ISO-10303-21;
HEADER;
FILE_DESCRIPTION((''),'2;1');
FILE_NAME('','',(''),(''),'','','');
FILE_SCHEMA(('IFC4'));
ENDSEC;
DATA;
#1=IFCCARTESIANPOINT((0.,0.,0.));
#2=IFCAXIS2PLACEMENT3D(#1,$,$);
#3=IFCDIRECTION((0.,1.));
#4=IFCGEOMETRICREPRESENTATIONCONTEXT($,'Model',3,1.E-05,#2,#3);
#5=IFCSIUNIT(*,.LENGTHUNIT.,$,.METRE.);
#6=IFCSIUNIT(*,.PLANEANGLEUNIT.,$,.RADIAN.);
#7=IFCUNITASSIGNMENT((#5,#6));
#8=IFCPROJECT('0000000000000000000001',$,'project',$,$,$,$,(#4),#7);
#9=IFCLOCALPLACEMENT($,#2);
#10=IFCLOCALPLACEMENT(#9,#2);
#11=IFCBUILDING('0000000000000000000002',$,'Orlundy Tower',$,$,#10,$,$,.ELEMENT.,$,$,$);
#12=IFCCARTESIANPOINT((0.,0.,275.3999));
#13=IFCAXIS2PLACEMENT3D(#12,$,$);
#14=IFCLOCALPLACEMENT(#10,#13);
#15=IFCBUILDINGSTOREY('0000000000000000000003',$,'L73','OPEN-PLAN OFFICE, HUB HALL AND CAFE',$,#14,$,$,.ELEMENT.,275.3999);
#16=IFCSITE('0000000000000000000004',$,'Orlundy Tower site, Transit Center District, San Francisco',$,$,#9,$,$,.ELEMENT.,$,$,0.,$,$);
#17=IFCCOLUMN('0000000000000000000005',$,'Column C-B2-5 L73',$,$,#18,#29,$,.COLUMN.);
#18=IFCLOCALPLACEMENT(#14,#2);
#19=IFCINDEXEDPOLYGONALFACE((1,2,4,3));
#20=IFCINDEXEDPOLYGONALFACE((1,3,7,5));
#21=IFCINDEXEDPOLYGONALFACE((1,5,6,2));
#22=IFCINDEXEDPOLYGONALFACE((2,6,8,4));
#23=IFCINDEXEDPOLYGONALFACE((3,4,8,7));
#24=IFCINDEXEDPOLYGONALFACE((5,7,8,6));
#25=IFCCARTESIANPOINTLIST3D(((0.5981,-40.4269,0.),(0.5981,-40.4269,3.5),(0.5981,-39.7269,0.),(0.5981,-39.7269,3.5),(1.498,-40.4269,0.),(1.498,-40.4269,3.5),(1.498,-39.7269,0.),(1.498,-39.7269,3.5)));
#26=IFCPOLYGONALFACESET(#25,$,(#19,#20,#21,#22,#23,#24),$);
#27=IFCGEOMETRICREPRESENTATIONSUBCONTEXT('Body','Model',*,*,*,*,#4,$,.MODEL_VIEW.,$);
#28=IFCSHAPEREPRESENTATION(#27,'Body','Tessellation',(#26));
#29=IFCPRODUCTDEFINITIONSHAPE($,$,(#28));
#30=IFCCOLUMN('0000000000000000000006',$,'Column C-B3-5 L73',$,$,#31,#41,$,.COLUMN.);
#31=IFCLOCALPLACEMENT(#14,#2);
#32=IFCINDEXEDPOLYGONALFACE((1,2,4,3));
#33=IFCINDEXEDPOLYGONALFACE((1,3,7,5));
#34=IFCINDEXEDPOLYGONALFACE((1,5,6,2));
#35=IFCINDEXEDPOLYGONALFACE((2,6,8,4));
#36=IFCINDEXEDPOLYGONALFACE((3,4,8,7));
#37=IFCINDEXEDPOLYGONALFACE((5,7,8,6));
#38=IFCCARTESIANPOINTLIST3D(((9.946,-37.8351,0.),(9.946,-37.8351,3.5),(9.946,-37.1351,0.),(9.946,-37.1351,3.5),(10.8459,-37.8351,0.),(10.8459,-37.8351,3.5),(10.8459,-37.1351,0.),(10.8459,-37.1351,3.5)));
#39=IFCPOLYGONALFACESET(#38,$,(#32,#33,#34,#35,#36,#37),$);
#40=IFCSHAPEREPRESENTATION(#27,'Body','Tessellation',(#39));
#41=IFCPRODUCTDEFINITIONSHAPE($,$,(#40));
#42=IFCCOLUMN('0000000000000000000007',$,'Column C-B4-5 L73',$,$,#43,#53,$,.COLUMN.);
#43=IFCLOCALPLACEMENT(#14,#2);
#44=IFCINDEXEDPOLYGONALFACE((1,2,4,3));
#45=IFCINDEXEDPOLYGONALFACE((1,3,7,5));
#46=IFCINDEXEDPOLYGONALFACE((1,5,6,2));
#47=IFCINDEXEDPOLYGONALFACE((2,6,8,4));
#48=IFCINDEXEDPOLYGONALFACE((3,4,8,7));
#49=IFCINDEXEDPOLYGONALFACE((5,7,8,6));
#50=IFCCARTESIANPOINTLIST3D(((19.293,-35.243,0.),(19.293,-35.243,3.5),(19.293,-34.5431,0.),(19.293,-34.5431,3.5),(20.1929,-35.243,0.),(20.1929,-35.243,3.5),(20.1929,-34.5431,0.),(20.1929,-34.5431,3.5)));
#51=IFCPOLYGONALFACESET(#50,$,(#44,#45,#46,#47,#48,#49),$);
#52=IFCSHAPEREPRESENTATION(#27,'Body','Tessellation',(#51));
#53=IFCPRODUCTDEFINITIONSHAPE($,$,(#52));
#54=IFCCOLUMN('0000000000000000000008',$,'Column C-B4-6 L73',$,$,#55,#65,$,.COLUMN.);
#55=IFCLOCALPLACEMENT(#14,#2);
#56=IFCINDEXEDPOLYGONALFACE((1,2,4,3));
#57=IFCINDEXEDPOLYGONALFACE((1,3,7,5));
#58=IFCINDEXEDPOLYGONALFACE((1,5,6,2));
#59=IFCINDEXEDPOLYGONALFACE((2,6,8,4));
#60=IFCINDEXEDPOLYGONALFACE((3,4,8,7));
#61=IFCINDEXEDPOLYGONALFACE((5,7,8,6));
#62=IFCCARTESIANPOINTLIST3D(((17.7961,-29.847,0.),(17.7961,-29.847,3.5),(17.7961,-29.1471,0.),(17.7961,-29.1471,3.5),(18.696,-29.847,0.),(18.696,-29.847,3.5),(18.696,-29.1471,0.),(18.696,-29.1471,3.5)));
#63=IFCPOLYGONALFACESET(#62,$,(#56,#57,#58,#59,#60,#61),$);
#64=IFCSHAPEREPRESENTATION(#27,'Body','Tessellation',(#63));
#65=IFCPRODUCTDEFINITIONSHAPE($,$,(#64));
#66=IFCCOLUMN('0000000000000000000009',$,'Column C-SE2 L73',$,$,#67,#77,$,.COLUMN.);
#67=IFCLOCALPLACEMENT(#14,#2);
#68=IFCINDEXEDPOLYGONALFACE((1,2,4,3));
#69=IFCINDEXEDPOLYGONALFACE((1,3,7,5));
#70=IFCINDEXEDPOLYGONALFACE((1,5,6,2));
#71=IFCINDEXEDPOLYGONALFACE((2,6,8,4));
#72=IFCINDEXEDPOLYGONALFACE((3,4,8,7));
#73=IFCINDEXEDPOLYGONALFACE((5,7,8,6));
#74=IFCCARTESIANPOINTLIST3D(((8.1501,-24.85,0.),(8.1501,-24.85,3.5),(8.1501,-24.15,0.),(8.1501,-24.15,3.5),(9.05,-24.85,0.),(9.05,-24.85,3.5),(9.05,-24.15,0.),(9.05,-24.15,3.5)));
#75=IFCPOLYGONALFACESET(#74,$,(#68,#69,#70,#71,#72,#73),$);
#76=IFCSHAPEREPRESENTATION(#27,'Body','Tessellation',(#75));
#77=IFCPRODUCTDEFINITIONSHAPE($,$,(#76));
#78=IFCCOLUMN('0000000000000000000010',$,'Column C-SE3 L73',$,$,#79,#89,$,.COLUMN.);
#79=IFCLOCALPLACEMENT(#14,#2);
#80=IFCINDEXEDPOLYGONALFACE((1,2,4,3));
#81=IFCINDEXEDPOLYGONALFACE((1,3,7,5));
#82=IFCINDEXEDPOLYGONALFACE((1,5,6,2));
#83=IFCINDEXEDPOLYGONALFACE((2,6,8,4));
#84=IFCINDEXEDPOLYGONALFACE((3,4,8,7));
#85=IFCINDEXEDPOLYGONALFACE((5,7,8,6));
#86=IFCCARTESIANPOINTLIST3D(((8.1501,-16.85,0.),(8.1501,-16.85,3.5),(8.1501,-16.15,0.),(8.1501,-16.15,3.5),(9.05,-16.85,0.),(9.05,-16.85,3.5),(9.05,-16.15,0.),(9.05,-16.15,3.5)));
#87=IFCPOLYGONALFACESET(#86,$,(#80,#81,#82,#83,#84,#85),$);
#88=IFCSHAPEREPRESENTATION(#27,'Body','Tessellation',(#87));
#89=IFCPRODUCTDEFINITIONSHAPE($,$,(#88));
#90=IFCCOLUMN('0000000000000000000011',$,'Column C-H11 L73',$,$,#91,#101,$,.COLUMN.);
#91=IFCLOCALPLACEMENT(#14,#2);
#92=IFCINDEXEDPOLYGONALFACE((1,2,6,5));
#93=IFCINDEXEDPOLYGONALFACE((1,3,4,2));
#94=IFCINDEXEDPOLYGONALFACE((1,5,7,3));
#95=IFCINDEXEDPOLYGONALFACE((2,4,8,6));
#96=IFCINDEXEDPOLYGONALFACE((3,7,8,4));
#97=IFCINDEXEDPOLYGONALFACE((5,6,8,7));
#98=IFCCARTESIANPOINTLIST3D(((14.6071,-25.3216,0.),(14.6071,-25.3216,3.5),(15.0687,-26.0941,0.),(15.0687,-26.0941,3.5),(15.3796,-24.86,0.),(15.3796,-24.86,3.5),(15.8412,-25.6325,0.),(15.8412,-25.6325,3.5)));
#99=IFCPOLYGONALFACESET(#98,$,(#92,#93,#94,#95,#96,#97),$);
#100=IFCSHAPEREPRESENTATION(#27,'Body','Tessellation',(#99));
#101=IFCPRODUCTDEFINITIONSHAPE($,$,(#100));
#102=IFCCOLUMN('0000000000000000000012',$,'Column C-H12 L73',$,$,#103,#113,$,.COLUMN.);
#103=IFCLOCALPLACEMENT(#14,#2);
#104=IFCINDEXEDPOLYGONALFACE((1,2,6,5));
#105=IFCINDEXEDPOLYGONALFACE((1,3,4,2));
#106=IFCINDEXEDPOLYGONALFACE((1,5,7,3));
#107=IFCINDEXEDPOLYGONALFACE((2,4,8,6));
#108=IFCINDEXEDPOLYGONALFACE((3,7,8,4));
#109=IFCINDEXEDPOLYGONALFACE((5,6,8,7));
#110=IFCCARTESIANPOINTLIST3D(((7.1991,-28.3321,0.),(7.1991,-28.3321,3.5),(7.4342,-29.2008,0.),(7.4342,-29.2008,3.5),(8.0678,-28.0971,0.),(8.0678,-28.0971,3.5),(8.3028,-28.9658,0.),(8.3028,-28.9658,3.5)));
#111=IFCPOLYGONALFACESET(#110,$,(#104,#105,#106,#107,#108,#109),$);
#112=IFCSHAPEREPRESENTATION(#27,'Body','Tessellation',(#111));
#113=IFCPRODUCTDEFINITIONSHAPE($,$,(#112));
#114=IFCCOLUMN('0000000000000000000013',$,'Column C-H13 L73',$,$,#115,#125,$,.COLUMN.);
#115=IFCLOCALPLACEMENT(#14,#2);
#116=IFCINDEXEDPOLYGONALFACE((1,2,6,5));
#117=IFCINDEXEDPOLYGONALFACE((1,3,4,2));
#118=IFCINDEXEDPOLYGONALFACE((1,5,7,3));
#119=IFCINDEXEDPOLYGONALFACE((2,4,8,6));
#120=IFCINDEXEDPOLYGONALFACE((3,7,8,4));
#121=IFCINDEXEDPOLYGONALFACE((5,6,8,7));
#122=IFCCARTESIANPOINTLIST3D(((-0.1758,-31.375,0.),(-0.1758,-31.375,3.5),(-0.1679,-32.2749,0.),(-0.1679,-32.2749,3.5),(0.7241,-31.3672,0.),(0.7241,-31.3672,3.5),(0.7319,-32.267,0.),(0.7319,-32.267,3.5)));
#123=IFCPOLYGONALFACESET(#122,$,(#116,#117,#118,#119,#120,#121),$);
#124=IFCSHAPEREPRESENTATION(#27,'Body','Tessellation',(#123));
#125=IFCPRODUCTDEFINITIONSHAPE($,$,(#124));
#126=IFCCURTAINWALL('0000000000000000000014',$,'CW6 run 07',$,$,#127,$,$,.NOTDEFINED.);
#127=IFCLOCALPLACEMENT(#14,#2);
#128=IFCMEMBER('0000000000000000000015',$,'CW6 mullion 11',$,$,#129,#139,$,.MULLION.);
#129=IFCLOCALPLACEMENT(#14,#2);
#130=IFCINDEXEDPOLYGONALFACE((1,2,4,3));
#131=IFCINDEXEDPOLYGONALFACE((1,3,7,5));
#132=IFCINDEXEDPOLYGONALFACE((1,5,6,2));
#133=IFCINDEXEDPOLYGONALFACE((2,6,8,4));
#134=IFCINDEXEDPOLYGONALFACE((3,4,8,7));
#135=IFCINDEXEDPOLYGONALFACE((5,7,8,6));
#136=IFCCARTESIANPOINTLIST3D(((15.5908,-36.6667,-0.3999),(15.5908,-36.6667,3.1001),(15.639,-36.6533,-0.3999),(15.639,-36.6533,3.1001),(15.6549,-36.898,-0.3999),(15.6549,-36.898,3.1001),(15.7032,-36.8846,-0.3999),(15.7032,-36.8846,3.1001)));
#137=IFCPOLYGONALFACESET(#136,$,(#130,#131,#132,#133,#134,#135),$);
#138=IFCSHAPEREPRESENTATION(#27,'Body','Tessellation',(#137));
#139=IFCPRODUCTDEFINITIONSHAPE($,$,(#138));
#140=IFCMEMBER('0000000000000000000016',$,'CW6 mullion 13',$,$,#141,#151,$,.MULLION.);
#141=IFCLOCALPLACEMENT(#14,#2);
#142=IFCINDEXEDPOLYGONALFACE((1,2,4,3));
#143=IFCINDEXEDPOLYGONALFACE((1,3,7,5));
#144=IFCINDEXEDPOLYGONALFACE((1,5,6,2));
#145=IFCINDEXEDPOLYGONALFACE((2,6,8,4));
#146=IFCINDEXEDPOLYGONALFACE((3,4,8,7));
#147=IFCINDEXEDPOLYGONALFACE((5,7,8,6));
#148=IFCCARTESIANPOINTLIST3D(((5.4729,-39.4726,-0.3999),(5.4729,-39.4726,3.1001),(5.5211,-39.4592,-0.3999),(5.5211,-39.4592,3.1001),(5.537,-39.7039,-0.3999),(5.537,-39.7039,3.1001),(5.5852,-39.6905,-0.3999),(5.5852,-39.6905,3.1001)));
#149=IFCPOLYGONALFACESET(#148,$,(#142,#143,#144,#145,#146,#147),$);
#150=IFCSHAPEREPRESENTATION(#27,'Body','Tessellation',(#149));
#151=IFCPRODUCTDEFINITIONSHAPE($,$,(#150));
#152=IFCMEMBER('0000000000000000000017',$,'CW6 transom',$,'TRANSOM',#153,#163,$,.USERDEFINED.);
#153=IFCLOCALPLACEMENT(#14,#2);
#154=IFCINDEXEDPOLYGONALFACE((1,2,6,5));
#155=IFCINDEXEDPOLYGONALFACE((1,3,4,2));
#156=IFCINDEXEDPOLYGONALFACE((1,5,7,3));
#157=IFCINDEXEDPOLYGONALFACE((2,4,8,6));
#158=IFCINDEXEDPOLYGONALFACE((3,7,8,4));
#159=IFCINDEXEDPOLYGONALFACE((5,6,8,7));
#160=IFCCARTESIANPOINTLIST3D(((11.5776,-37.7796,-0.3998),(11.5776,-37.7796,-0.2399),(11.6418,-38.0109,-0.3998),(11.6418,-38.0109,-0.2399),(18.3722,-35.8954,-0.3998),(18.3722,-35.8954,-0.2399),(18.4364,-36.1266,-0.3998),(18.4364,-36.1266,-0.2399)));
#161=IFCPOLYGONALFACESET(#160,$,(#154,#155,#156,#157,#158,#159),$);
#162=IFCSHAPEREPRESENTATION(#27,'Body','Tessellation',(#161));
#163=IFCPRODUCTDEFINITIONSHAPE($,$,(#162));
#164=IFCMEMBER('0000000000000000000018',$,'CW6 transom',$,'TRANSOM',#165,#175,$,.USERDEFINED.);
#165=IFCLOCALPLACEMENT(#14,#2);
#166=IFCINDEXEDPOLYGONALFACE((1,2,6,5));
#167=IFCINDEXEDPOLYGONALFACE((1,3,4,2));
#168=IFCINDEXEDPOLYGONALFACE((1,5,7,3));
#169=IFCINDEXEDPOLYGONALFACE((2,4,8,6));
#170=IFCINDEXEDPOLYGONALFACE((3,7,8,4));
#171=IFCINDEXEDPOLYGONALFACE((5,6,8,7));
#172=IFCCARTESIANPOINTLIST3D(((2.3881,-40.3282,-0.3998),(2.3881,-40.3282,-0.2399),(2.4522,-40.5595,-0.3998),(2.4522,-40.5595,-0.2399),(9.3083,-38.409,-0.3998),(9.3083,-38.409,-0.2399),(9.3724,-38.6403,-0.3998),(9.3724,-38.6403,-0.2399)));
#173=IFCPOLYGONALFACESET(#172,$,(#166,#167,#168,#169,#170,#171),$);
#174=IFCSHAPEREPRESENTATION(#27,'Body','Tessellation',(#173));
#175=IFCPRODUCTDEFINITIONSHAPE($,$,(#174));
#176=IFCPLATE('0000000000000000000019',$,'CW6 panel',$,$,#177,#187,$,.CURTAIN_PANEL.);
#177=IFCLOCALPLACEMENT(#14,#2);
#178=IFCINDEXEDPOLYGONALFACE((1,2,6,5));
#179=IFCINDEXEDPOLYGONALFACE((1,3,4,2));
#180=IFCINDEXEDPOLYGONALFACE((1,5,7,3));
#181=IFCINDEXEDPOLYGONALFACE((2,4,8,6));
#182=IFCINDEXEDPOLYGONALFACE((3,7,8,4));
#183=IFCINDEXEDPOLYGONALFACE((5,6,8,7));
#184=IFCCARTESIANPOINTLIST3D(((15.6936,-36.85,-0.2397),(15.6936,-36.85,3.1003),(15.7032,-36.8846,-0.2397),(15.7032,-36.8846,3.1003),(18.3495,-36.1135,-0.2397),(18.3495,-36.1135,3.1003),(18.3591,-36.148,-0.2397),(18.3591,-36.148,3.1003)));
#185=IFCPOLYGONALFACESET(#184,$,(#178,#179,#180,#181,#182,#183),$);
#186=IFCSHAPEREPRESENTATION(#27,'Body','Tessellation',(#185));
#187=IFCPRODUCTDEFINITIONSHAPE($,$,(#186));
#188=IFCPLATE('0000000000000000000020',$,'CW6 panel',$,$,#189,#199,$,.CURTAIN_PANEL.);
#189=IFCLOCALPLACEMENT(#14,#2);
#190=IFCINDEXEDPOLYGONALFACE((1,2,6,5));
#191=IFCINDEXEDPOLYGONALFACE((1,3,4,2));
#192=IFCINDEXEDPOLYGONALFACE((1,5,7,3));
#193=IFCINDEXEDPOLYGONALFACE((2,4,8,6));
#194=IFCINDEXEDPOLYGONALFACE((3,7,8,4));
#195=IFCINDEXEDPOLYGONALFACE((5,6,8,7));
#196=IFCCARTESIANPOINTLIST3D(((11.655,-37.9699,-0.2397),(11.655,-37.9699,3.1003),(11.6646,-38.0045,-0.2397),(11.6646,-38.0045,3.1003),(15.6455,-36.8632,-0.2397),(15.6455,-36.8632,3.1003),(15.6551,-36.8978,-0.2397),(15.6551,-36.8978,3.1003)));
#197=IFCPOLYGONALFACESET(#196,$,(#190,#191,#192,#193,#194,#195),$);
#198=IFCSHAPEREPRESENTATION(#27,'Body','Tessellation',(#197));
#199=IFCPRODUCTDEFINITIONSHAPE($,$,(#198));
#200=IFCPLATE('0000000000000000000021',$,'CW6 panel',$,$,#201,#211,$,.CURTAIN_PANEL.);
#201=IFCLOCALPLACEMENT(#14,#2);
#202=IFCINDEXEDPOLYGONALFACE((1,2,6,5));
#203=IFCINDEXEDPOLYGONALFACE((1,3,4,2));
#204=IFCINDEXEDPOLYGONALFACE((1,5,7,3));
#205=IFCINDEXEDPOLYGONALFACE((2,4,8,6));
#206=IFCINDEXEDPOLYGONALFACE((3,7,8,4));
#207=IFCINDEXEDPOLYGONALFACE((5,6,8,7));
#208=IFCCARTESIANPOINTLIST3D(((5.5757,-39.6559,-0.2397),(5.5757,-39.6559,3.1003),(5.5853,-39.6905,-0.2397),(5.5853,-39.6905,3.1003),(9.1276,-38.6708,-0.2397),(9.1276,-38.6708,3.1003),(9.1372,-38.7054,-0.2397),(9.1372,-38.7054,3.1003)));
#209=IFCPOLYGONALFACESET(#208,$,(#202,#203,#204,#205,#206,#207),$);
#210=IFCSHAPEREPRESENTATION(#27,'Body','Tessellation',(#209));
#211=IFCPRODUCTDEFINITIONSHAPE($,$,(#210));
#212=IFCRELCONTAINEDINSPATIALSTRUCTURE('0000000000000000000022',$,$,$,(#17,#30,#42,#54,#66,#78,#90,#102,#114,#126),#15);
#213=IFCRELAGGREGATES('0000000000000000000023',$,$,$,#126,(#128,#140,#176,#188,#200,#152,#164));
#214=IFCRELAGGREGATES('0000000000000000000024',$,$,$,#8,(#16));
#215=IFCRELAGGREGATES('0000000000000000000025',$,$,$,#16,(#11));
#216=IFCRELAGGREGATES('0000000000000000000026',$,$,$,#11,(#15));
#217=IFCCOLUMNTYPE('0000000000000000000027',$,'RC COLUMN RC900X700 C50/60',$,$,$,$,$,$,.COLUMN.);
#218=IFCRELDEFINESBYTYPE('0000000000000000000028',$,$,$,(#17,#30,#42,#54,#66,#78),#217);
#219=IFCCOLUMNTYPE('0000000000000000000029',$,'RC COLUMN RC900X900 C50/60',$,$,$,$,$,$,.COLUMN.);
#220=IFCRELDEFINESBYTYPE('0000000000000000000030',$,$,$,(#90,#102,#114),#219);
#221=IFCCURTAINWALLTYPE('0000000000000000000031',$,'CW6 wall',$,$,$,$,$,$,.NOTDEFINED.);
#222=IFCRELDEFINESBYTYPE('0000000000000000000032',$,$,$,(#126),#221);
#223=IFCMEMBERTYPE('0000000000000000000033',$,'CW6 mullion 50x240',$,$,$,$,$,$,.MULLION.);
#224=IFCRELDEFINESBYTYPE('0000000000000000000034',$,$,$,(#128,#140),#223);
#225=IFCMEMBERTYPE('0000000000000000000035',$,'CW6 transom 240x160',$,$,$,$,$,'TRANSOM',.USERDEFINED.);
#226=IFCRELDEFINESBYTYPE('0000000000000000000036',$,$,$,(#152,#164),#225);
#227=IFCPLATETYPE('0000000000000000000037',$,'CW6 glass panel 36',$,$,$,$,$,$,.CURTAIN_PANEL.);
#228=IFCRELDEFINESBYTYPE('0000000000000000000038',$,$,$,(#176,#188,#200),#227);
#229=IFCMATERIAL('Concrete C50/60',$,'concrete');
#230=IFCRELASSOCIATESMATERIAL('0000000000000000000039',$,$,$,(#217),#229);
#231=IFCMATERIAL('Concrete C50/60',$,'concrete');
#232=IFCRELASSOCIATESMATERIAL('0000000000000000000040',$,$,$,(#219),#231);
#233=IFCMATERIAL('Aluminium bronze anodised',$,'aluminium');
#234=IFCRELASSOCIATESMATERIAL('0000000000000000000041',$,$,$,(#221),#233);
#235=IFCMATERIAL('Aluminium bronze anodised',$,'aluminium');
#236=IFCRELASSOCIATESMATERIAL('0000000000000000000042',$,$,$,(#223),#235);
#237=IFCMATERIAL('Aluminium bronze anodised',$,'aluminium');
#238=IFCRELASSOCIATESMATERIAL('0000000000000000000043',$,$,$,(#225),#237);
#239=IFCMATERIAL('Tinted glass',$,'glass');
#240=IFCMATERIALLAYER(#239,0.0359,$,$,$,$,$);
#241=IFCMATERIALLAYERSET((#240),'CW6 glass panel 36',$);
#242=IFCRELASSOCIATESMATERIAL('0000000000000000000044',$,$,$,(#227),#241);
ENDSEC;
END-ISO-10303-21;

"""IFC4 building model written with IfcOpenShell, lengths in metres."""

from ifc_helpers import new_model, si_unit, direction, frame, origin, origin_2d, place, context, subcontext, project, spatial, rectangle, extrude, material, layer, layer_set, material_profile, profile_set, type_object, element, aggregate, save


model = new_model("IFC4")

# Units and contexts
model_context = context("Model", 3, precision=1e-05, world=origin(), true_north=direction((0.0, 1.0)))
body_context = subcontext(model_context, "Body", "Model", "MODEL_VIEW")
ifc_project = project(units=[si_unit("LENGTHUNIT", "METRE"), si_unit("PLANEANGLEUNIT", "RADIAN")], contexts=[model_context])

# Site, building, storey
site_placement = place(None, origin())
site = spatial("IfcSite", under=ifc_project, at=site_placement, Name="Orlundy Tower site, Transit Center District, San Francisco", CompositionType="ELEMENT", RefElevation=0.0)
building_placement = place(site_placement, origin())
building = spatial("IfcBuilding", under=site, at=building_placement, Name="Orlundy Tower", CompositionType="ELEMENT")
storey_placement = place(building_placement, frame((0.0, 0.0, 275.3999)))
storey = spatial("IfcBuildingStorey", under=building, at=storey_placement, Name="L73", Description="OPEN-PLAN OFFICE, HUB HALL AND CAFE", CompositionType="ELEMENT", Elevation=275.3999)

# Columns
ifc_material_1 = material(Name="Concrete C50/60", Category="concrete")
ifc_material_profile_1 = material_profile(ifc_material_1, rectangle(XDim=0.8999, YDim=0.7, at=origin_2d()), Name="RC900X700")
ifc_profile_set_1 = profile_set([ifc_material_profile_1], Name="Concrete C50/60")
column_type_1 = type_object("IfcColumnType", Name="RC COLUMN RC900X700 C50/60", PredefinedType="COLUMN", material=ifc_profile_set_1)
for number, where, z_axis, x_axis, name in (
    (1, (1.0481, -40.0769, 0.0), (0.0, 0.0, 1.0), (1.0, 0.0, 0.0), "Column C-B2-5 L73"),
    (2, (10.396, -37.4851, 0.0), (0.0, 0.0, 1.0), (1.0, 0.0, 0.0), "Column C-B3-5 L73"),
    (3, (19.7429, -34.8931, 0.0), (0.0, 0.0, 1.0), (1.0, 0.0, 0.0), "Column C-B4-5 L73"),
    (4, (18.2461, -29.4971, 0.0), (0.0, 0.0, 1.0), (1.0, 0.0, 0.0), "Column C-B4-6 L73"),
    (5, (8.6001, -24.5, 0.0), (0.0, 0.0, 1.0), (1.0, 0.0, 0.0), "Column C-SE2 L73"),
    (6, (8.6001, -16.5, 0.0), (0.0, 0.0, 1.0), (1.0, 0.0, 0.0), "Column C-SE3 L73"),
):
    element("IfcColumn", number, at=place(storey_placement, frame(where, z_axis=z_axis, x_axis=x_axis)), inside=storey, type_object=column_type_1, Name=name, PredefinedType="COLUMN", context=body_context, shape_type="SweptSolid", body=[
        extrude(rectangle(XDim=0.8999, YDim=0.7, at=origin_2d()), origin(), (0.0, 0.0, 1.0), 3.5),
    ])
ifc_material_2 = material(Name="Concrete C50/60", Category="concrete")
ifc_material_profile_2 = material_profile(ifc_material_2, rectangle(XDim=0.8999, YDim=0.8999, at=origin_2d()), Name="RC900X900")
ifc_profile_set_2 = profile_set([ifc_material_profile_2], Name="Concrete C50/60")
column_type_2 = type_object("IfcColumnType", Name="RC COLUMN RC900X900 C50/60", PredefinedType="COLUMN", material=ifc_profile_set_2)
for number, where, z_axis, x_axis, name in (
    (7, (15.2241, -25.4771, 0.0), (0.0, 0.0, 1.0), (0.512957, -0.858414, 0.0), "Column C-H11 L73"),
    (8, (7.751, -28.6489, 0.0), (0.0, 0.0, 1.0), (0.261162, -0.965295, 0.0), "Column C-H12 L73"),
    (9, (0.2781, -31.821, 0.0), (0.0, 0.0, 1.0), (0.008744, -0.999962, 0.0), "Column C-H13 L73"),
):
    element("IfcColumn", number, at=place(storey_placement, frame(where, z_axis=z_axis, x_axis=x_axis)), inside=storey, type_object=column_type_2, Name=name, PredefinedType="COLUMN", context=body_context, shape_type="SweptSolid", body=[
        extrude(rectangle(XDim=0.8999, YDim=0.8999, at=origin_2d()), origin(), (0.0, 0.0, 1.0), 3.5),
    ])

# Curtain wall, members, plates
ifc_material_3 = material(Name="Aluminium bronze anodised", Category="aluminium")
curtain_wall_type = type_object("IfcCurtainWallType", Name="CW6 wall", PredefinedType="NOTDEFINED", material=ifc_material_3)
curtain_wall_placement = place(storey_placement, origin())
curtain_wall = element("IfcCurtainWall", 10, at=curtain_wall_placement, inside=storey, type_object=curtain_wall_type, Name="CW6 run 07", PredefinedType="NOTDEFINED")
ifc_material_4 = material(Name="Aluminium bronze anodised", Category="aluminium")
ifc_material_profile_3 = material_profile(ifc_material_4, rectangle(XDim=0.24, YDim=0.05, at=origin_2d()), Name="CW6 mullion 50x240")
ifc_profile_set_3 = profile_set([ifc_material_profile_3], Name="Aluminium bronze anodised")
member_type_1 = type_object("IfcMemberType", Name="CW6 mullion 50x240", PredefinedType="MULLION", material=ifc_profile_set_3)
member_1_placement = place(storey_placement, frame((15.647, -36.7756, -0.3999), z_axis=(0.0, 0.0, 1.0), x_axis=(0.267241, -0.96363, 0.0)))
member_1 = element("IfcMember", 11, at=member_1_placement, type_object=member_type_1, Name="CW6 mullion 11", PredefinedType="MULLION", context=body_context, shape_type="SweptSolid", body=[
    extrude(rectangle(XDim=0.24, YDim=0.05, at=origin_2d()), origin(), (0.0, 0.0, 1.0), 3.5),
])
member_2_placement = place(storey_placement, frame((5.5291, -39.5815, -0.3999), z_axis=(0.0, 0.0, 1.0), x_axis=(0.267241, -0.96363, 0.0)))
member_2 = element("IfcMember", 12, at=member_2_placement, type_object=member_type_1, Name="CW6 mullion 13", PredefinedType="MULLION", context=body_context, shape_type="SweptSolid", body=[
    extrude(rectangle(XDim=0.24, YDim=0.05, at=origin_2d()), origin(), (0.0, 0.0, 1.0), 3.5),
])
ifc_material_5 = material(Name="Aluminium bronze anodised", Category="aluminium")
ifc_material_profile_4 = material_profile(ifc_material_5, rectangle(XDim=0.24, YDim=0.1599, at=origin_2d()), Name="CW6 transom 240x160")
ifc_profile_set_4 = profile_set([ifc_material_profile_4], Name="Aluminium bronze anodised")
member_type_2 = type_object("IfcMemberType", Name="CW6 transom 240x160", ElementType="TRANSOM", PredefinedType="USERDEFINED", material=ifc_profile_set_4)
member_3_placement = place(storey_placement, frame((18.4043, -36.011, -0.3198), z_axis=(-0.963632, -0.267231, 0.0), x_axis=(0.267231, -0.963632, 0.0)))
member_3 = element("IfcMember", 13, at=member_3_placement, type_object=member_type_2, Name="CW6 transom", ObjectType="TRANSOM", PredefinedType="USERDEFINED", context=body_context, shape_type="SweptSolid", body=[
    extrude(rectangle(XDim=0.24, YDim=0.1599, at=origin_2d()), origin(), (0.0, 0.0, 1.0), 7.051),
])
member_4_placement = place(storey_placement, frame((9.3403, -38.5247, -0.3198), z_axis=(-0.963628, -0.267246, 0.0), x_axis=(0.267246, -0.963628, 0.0)))
member_4 = element("IfcMember", 14, at=member_4_placement, type_object=member_type_2, Name="CW6 transom", ObjectType="TRANSOM", PredefinedType="USERDEFINED", context=body_context, shape_type="SweptSolid", body=[
    extrude(rectangle(XDim=0.24, YDim=0.1599, at=origin_2d()), origin(), (0.0, 0.0, 1.0), 7.1814),
])
ifc_material_6 = material(Name="Tinted glass", Category="glass")
ifc_layer_1 = layer(ifc_material_6, 0.0359)
ifc_layer_set_1 = layer_set([ifc_layer_1], Name="CW6 glass panel 36")
plate_type = type_object("IfcPlateType", Name="CW6 glass panel 36", PredefinedType="CURTAIN_PANEL", material=ifc_layer_set_1)
plate_1_placement = place(storey_placement, frame((17.0264, -36.499, -0.2397), z_axis=(0.0, 0.0, 1.0), x_axis=(-0.96363, -0.267241, 0.0)))
plate_1 = element("IfcPlate", 15, at=plate_1_placement, type_object=plate_type, Name="CW6 panel", PredefinedType="CURTAIN_PANEL", context=body_context, shape_type="SweptSolid", body=[
    extrude(rectangle(XDim=2.7561, YDim=0.0359, at=origin_2d()), origin(), (0.0, 0.0, 1.0), 3.3401),
])
plate_2_placement = place(storey_placement, frame((13.655, -37.4338, -0.2397), z_axis=(0.0, 0.0, 1.0), x_axis=(-0.96363, -0.267241, 0.0)))
plate_2 = element("IfcPlate", 16, at=plate_2_placement, type_object=plate_type, Name="CW6 panel", PredefinedType="CURTAIN_PANEL", context=body_context, shape_type="SweptSolid", body=[
    extrude(rectangle(XDim=4.1411, YDim=0.0359, at=origin_2d()), origin(), (0.0, 0.0, 1.0), 3.3401),
])
plate_3_placement = place(storey_placement, frame((7.3564, -39.1807, -0.2397), z_axis=(0.0, 0.0, 1.0), x_axis=(-0.96363, -0.267241, 0.0)))
plate_3 = element("IfcPlate", 17, at=plate_3_placement, type_object=plate_type, Name="CW6 panel", PredefinedType="CURTAIN_PANEL", context=body_context, shape_type="SweptSolid", body=[
    extrude(rectangle(XDim=3.686, YDim=0.0359, at=origin_2d()), origin(), (0.0, 0.0, 1.0), 3.3401),
])
aggregate(curtain_wall, [member_1, member_2, plate_1, plate_2, plate_3, member_3, member_4])

save(model, "model.ifc")
